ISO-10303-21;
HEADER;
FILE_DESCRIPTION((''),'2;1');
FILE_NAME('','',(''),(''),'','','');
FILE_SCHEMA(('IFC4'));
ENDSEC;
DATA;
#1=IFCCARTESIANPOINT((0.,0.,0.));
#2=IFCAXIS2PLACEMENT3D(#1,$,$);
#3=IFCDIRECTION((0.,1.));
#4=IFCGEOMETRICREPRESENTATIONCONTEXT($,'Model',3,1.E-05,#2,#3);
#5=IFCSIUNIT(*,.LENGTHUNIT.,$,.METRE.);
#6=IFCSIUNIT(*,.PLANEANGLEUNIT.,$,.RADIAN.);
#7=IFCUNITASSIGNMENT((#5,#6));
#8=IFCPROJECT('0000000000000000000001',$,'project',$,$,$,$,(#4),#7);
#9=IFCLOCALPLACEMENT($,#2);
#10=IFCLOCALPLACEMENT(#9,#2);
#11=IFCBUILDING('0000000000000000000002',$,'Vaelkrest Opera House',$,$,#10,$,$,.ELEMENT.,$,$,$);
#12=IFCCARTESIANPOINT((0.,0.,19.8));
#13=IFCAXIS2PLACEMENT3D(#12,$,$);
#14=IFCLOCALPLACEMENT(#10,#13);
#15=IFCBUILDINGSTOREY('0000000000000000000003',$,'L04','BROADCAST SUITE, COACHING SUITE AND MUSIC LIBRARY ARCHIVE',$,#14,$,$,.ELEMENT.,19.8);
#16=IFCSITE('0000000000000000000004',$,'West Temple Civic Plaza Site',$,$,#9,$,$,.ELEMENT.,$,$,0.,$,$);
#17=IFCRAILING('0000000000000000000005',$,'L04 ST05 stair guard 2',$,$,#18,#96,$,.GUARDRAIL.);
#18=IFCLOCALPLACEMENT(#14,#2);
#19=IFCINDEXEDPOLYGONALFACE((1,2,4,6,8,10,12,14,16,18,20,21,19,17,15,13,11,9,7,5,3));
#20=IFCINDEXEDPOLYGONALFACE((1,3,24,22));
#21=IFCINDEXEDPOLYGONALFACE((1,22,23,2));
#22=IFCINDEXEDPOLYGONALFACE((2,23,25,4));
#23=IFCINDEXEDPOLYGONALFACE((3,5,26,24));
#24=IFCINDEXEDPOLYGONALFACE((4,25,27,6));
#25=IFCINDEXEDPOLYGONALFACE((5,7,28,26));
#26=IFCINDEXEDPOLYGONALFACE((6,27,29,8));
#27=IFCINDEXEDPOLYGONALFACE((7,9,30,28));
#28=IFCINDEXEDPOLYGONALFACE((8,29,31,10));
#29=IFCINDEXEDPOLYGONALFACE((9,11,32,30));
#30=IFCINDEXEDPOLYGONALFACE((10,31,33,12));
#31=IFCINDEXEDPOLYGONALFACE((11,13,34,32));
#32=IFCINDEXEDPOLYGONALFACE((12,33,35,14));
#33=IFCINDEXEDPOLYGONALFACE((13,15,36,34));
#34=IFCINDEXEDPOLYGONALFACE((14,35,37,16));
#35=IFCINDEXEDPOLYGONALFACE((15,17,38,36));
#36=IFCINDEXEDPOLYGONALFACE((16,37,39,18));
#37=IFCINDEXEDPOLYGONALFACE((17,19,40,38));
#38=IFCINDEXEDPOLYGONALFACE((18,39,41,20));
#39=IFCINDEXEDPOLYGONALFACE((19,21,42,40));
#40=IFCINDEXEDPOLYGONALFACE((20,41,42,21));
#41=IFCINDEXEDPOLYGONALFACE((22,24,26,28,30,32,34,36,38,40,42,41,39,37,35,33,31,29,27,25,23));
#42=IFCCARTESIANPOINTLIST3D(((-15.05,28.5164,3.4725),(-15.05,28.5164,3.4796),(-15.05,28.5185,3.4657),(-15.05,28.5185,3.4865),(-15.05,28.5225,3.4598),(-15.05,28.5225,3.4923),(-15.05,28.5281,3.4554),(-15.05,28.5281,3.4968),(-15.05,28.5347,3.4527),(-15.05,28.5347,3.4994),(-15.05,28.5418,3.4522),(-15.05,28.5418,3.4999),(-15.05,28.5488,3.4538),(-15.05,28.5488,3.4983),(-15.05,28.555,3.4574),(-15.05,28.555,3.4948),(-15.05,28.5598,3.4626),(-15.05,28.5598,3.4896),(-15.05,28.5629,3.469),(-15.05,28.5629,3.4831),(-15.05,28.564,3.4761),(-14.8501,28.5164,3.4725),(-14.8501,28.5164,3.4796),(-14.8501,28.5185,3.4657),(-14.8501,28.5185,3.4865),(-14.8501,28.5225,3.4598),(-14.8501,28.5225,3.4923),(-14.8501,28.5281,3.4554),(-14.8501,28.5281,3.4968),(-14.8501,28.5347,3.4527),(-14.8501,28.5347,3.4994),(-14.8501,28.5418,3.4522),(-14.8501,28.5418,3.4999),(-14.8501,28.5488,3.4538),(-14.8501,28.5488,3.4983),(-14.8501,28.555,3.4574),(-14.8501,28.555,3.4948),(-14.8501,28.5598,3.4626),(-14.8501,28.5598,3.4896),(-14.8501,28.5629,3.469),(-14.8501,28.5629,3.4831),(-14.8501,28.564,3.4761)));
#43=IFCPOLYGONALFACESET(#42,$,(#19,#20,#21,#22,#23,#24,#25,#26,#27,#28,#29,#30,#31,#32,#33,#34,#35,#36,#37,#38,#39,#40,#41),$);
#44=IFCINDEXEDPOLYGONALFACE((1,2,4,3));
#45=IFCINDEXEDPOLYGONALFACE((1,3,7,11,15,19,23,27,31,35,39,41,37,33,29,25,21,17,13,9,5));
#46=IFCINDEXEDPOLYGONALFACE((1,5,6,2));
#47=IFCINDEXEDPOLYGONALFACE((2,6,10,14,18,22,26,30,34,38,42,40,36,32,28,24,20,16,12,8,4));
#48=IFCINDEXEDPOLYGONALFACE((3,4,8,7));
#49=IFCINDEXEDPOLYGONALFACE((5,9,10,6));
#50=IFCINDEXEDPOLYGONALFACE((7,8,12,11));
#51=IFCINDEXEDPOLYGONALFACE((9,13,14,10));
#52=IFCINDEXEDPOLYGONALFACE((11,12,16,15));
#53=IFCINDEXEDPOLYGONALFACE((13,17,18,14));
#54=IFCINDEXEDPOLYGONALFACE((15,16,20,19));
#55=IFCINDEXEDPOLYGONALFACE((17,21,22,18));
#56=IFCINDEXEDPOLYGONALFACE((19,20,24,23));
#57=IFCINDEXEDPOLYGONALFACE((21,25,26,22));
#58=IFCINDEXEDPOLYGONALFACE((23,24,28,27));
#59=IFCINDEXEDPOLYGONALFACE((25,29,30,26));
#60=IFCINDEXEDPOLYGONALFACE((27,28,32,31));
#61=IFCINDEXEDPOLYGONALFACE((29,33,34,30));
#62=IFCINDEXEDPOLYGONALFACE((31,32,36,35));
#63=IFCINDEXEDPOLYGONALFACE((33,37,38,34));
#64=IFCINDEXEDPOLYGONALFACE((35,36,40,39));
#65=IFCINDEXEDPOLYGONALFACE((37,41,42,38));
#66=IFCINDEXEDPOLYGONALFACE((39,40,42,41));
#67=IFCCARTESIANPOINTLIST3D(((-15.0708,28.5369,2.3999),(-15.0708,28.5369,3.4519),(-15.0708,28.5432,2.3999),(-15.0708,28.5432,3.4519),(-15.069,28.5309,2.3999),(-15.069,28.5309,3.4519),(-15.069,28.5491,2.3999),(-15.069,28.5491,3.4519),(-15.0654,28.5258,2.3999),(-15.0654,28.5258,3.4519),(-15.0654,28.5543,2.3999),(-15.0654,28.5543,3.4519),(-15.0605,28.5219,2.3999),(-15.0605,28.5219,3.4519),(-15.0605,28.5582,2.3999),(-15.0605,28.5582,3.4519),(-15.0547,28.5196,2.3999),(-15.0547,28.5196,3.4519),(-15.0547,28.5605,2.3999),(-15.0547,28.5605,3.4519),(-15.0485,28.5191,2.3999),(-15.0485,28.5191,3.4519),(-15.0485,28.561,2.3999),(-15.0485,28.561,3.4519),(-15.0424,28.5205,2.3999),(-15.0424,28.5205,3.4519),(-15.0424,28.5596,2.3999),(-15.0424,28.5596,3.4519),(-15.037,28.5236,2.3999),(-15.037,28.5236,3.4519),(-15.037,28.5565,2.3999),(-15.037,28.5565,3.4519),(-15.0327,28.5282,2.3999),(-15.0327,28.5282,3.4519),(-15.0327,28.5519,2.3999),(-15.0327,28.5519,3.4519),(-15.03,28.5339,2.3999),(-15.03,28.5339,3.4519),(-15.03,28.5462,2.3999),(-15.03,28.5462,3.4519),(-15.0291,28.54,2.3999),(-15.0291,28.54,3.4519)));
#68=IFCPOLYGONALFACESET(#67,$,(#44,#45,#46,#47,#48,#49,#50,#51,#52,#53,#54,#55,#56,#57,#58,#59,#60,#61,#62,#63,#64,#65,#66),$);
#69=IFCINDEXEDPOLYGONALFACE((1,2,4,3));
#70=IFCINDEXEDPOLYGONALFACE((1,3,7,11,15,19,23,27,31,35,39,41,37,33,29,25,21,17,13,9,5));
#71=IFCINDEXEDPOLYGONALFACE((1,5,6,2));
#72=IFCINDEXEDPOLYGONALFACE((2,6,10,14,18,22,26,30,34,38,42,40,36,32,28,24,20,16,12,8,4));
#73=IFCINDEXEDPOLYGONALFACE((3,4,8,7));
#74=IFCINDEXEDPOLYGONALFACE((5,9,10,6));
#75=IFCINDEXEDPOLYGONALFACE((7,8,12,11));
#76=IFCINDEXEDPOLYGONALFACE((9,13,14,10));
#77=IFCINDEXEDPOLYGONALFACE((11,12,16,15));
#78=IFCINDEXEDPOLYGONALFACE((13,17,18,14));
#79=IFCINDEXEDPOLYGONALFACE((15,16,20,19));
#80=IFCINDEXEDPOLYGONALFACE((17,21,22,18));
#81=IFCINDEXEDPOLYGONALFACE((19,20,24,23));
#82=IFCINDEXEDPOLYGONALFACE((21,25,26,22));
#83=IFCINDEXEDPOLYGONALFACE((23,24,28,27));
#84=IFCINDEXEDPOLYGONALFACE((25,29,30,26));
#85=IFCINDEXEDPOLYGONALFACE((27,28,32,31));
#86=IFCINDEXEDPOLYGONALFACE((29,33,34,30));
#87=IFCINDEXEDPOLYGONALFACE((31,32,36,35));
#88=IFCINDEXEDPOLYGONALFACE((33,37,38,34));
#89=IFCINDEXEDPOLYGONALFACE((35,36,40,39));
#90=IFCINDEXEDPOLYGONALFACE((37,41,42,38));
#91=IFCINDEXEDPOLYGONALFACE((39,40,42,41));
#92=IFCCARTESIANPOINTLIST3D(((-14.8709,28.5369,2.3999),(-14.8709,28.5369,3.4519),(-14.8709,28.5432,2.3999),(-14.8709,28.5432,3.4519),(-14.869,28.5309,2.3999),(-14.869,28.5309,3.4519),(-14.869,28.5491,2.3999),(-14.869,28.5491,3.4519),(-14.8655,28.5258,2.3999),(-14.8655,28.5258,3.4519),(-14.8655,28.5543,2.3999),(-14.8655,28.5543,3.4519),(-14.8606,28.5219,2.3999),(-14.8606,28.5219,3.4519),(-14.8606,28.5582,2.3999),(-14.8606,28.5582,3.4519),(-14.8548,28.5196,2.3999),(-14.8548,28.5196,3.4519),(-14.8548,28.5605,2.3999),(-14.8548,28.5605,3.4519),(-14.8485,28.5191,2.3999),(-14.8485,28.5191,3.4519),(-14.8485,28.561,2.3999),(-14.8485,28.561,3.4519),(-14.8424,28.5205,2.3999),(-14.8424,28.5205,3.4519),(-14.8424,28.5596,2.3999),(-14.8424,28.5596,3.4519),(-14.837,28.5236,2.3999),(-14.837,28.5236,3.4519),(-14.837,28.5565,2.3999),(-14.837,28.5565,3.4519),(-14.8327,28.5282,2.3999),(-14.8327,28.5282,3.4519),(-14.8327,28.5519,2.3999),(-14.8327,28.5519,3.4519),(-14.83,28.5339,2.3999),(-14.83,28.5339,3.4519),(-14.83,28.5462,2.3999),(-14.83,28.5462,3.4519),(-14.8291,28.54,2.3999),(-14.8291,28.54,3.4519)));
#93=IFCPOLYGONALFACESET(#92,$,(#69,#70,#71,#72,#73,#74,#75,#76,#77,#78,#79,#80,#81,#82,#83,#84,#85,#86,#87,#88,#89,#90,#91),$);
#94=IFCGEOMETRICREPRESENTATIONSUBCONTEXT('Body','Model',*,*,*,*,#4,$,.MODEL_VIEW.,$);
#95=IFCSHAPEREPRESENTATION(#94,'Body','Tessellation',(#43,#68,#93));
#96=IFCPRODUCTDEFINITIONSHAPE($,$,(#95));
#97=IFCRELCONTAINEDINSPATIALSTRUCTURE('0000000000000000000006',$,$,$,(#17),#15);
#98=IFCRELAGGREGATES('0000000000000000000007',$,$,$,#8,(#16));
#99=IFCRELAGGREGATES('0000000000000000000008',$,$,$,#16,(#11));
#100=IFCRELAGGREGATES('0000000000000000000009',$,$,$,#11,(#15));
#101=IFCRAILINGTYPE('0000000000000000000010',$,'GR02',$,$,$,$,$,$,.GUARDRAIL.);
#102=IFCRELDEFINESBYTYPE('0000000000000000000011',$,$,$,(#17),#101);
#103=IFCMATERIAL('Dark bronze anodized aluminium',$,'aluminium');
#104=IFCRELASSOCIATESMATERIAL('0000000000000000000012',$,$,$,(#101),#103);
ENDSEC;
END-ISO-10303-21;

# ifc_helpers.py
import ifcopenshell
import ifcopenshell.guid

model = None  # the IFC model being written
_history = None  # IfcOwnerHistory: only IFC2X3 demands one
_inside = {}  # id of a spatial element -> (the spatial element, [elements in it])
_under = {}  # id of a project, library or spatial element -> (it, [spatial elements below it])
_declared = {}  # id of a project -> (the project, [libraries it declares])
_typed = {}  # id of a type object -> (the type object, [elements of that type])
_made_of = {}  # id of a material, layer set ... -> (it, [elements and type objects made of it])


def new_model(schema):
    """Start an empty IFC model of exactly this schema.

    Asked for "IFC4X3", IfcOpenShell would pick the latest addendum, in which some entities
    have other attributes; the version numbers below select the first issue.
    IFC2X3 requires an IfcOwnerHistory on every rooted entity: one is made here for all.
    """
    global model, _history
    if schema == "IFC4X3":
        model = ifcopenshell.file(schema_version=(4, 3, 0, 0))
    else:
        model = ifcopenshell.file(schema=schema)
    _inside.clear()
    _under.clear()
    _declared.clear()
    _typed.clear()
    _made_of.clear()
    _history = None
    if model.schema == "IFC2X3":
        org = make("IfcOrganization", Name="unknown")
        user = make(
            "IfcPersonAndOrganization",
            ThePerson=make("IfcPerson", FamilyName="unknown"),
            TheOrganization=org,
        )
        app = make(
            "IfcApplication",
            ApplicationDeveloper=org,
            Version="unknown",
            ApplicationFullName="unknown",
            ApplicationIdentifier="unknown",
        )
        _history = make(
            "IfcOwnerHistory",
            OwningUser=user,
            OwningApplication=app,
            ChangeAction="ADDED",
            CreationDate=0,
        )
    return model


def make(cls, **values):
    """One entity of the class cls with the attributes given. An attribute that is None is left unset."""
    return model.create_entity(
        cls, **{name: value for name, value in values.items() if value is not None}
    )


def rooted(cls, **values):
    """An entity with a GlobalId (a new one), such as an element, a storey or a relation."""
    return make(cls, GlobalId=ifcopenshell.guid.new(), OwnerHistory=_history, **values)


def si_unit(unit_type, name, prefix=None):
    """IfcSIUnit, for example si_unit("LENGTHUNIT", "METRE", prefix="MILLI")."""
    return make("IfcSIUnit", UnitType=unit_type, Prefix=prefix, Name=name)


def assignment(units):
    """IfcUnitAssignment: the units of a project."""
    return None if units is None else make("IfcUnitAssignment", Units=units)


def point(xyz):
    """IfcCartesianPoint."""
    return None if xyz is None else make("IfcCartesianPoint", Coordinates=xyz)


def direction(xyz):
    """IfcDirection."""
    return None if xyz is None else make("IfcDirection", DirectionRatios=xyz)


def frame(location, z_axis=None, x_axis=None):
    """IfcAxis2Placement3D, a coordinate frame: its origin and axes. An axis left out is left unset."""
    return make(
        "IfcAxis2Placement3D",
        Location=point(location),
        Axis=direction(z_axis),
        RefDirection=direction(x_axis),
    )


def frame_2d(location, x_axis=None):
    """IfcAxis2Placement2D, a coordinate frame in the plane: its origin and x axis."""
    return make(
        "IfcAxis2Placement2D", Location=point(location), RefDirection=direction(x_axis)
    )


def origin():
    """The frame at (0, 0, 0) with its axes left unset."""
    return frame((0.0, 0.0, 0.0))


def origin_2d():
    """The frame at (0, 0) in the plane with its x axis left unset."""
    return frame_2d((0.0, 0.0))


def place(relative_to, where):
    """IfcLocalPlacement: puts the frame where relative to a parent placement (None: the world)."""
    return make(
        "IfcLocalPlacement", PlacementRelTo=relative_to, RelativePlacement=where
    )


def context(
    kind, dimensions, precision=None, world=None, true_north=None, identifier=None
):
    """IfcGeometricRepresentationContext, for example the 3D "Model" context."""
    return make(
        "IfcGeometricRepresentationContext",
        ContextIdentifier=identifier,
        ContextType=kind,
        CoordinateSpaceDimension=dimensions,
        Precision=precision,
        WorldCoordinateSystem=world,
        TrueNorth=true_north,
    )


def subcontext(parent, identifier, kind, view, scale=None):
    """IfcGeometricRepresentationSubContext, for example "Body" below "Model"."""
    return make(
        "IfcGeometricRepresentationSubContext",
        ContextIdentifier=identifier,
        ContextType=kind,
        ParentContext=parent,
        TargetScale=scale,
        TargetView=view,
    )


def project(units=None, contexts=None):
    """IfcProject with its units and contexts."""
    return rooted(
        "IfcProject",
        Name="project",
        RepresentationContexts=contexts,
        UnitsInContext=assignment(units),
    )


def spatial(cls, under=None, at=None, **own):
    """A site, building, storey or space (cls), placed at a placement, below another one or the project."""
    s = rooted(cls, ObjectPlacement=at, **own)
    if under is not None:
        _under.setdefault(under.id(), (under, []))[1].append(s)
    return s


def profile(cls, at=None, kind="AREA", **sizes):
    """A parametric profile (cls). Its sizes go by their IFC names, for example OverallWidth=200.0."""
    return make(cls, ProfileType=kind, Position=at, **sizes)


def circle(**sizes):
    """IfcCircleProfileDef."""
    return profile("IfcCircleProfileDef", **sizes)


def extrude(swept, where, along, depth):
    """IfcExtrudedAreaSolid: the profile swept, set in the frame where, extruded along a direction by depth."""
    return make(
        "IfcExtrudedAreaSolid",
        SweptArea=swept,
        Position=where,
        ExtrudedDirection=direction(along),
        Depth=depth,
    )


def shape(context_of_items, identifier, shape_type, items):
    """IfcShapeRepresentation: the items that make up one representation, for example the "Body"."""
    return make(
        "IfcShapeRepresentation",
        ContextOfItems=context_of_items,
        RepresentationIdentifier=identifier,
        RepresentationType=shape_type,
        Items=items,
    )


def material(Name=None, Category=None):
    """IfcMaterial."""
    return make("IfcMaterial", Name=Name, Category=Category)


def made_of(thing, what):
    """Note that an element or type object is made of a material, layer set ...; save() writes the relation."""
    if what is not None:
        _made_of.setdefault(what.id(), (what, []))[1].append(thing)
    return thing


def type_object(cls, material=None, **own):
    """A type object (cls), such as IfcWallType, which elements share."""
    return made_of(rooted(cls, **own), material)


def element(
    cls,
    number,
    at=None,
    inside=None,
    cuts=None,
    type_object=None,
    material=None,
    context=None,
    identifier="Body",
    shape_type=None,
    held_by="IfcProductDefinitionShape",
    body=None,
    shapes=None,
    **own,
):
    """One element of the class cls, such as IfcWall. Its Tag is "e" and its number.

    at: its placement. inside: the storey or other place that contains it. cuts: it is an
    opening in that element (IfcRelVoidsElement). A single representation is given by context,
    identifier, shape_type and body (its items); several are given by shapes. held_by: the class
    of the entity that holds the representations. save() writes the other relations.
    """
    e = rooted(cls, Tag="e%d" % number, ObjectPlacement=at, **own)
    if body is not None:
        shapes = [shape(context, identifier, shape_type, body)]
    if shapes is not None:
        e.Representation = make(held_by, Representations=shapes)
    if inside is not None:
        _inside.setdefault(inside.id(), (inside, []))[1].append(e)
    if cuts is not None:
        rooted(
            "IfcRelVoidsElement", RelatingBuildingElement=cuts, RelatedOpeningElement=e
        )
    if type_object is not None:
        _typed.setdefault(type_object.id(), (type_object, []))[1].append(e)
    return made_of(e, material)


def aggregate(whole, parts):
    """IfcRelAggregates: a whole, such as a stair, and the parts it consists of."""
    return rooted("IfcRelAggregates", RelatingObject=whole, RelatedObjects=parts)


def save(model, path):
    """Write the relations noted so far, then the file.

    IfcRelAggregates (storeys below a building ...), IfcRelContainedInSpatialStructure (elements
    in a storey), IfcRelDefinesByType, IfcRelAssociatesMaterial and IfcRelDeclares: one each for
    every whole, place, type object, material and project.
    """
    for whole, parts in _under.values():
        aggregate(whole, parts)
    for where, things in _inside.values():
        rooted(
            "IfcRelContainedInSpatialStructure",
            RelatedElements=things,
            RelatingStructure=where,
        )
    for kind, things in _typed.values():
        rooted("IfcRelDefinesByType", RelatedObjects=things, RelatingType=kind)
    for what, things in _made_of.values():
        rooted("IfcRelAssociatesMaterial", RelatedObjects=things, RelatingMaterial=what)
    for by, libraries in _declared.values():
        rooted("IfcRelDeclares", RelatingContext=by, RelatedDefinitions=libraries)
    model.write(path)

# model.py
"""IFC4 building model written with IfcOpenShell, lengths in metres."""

from ifc_helpers import new_model, si_unit, direction, frame, origin, origin_2d, place, context, subcontext, project, spatial, circle, extrude, material, type_object, element, save


model = new_model("IFC4")

# Units and contexts
model_context = context("Model", 3, precision=1e-05, world=origin(), true_north=direction((0.0, 1.0)))
body_context = subcontext(model_context, "Body", "Model", "MODEL_VIEW")
ifc_project = project(units=[si_unit("LENGTHUNIT", "METRE"), si_unit("PLANEANGLEUNIT", "RADIAN")], contexts=[model_context])

# Site, building, storey
site_placement = place(None, origin())
site = spatial("IfcSite", under=ifc_project, at=site_placement, Name="West Temple Civic Plaza Site", CompositionType="ELEMENT", RefElevation=0.0)
building_placement = place(site_placement, origin())
building = spatial("IfcBuilding", under=site, at=building_placement, Name="Vaelkrest Opera House", CompositionType="ELEMENT")
storey_placement = place(building_placement, frame((0.0, 0.0, 19.8)))
storey = spatial("IfcBuildingStorey", under=building, at=storey_placement, Name="L04", Description="BROADCAST SUITE, COACHING SUITE AND MUSIC LIBRARY ARCHIVE", CompositionType="ELEMENT", Elevation=19.8)

# Shared definitions
ifc_material_1 = material(Name="Dark bronze anodized aluminium", Category="aluminium")

# Railing
railing_type_1 = type_object("IfcRailingType", Name="GR02", PredefinedType="GUARDRAIL", material=ifc_material_1)
railing_1_placement = place(storey_placement, frame((-15.05, 28.54, 2.3999)))
element("IfcRailing", 1, at=railing_1_placement, inside=storey, type_object=railing_type_1, Name="L04 ST05 stair guard 2", PredefinedType="GUARDRAIL", context=body_context, shape_type="SweptSolid", body=[
    extrude(circle(Radius=0.0239, at=origin_2d()), frame((0.0, 0.0, 1.0762), z_axis=(1.0, 0.0, 0.0), x_axis=(0.0, 1.0, 0.0)), (0.0, 0.0, 1.0), 0.2),
    extrude(circle(Radius=0.021, at=origin_2d()), origin(), (0.0, 0.0, 1.0), 1.052),
    extrude(circle(Radius=0.021, at=origin_2d()), frame((0.2, 0.0, 0.0)), (0.0, 0.0, 1.0), 1.052),
])

save(model, "model.ifc")
